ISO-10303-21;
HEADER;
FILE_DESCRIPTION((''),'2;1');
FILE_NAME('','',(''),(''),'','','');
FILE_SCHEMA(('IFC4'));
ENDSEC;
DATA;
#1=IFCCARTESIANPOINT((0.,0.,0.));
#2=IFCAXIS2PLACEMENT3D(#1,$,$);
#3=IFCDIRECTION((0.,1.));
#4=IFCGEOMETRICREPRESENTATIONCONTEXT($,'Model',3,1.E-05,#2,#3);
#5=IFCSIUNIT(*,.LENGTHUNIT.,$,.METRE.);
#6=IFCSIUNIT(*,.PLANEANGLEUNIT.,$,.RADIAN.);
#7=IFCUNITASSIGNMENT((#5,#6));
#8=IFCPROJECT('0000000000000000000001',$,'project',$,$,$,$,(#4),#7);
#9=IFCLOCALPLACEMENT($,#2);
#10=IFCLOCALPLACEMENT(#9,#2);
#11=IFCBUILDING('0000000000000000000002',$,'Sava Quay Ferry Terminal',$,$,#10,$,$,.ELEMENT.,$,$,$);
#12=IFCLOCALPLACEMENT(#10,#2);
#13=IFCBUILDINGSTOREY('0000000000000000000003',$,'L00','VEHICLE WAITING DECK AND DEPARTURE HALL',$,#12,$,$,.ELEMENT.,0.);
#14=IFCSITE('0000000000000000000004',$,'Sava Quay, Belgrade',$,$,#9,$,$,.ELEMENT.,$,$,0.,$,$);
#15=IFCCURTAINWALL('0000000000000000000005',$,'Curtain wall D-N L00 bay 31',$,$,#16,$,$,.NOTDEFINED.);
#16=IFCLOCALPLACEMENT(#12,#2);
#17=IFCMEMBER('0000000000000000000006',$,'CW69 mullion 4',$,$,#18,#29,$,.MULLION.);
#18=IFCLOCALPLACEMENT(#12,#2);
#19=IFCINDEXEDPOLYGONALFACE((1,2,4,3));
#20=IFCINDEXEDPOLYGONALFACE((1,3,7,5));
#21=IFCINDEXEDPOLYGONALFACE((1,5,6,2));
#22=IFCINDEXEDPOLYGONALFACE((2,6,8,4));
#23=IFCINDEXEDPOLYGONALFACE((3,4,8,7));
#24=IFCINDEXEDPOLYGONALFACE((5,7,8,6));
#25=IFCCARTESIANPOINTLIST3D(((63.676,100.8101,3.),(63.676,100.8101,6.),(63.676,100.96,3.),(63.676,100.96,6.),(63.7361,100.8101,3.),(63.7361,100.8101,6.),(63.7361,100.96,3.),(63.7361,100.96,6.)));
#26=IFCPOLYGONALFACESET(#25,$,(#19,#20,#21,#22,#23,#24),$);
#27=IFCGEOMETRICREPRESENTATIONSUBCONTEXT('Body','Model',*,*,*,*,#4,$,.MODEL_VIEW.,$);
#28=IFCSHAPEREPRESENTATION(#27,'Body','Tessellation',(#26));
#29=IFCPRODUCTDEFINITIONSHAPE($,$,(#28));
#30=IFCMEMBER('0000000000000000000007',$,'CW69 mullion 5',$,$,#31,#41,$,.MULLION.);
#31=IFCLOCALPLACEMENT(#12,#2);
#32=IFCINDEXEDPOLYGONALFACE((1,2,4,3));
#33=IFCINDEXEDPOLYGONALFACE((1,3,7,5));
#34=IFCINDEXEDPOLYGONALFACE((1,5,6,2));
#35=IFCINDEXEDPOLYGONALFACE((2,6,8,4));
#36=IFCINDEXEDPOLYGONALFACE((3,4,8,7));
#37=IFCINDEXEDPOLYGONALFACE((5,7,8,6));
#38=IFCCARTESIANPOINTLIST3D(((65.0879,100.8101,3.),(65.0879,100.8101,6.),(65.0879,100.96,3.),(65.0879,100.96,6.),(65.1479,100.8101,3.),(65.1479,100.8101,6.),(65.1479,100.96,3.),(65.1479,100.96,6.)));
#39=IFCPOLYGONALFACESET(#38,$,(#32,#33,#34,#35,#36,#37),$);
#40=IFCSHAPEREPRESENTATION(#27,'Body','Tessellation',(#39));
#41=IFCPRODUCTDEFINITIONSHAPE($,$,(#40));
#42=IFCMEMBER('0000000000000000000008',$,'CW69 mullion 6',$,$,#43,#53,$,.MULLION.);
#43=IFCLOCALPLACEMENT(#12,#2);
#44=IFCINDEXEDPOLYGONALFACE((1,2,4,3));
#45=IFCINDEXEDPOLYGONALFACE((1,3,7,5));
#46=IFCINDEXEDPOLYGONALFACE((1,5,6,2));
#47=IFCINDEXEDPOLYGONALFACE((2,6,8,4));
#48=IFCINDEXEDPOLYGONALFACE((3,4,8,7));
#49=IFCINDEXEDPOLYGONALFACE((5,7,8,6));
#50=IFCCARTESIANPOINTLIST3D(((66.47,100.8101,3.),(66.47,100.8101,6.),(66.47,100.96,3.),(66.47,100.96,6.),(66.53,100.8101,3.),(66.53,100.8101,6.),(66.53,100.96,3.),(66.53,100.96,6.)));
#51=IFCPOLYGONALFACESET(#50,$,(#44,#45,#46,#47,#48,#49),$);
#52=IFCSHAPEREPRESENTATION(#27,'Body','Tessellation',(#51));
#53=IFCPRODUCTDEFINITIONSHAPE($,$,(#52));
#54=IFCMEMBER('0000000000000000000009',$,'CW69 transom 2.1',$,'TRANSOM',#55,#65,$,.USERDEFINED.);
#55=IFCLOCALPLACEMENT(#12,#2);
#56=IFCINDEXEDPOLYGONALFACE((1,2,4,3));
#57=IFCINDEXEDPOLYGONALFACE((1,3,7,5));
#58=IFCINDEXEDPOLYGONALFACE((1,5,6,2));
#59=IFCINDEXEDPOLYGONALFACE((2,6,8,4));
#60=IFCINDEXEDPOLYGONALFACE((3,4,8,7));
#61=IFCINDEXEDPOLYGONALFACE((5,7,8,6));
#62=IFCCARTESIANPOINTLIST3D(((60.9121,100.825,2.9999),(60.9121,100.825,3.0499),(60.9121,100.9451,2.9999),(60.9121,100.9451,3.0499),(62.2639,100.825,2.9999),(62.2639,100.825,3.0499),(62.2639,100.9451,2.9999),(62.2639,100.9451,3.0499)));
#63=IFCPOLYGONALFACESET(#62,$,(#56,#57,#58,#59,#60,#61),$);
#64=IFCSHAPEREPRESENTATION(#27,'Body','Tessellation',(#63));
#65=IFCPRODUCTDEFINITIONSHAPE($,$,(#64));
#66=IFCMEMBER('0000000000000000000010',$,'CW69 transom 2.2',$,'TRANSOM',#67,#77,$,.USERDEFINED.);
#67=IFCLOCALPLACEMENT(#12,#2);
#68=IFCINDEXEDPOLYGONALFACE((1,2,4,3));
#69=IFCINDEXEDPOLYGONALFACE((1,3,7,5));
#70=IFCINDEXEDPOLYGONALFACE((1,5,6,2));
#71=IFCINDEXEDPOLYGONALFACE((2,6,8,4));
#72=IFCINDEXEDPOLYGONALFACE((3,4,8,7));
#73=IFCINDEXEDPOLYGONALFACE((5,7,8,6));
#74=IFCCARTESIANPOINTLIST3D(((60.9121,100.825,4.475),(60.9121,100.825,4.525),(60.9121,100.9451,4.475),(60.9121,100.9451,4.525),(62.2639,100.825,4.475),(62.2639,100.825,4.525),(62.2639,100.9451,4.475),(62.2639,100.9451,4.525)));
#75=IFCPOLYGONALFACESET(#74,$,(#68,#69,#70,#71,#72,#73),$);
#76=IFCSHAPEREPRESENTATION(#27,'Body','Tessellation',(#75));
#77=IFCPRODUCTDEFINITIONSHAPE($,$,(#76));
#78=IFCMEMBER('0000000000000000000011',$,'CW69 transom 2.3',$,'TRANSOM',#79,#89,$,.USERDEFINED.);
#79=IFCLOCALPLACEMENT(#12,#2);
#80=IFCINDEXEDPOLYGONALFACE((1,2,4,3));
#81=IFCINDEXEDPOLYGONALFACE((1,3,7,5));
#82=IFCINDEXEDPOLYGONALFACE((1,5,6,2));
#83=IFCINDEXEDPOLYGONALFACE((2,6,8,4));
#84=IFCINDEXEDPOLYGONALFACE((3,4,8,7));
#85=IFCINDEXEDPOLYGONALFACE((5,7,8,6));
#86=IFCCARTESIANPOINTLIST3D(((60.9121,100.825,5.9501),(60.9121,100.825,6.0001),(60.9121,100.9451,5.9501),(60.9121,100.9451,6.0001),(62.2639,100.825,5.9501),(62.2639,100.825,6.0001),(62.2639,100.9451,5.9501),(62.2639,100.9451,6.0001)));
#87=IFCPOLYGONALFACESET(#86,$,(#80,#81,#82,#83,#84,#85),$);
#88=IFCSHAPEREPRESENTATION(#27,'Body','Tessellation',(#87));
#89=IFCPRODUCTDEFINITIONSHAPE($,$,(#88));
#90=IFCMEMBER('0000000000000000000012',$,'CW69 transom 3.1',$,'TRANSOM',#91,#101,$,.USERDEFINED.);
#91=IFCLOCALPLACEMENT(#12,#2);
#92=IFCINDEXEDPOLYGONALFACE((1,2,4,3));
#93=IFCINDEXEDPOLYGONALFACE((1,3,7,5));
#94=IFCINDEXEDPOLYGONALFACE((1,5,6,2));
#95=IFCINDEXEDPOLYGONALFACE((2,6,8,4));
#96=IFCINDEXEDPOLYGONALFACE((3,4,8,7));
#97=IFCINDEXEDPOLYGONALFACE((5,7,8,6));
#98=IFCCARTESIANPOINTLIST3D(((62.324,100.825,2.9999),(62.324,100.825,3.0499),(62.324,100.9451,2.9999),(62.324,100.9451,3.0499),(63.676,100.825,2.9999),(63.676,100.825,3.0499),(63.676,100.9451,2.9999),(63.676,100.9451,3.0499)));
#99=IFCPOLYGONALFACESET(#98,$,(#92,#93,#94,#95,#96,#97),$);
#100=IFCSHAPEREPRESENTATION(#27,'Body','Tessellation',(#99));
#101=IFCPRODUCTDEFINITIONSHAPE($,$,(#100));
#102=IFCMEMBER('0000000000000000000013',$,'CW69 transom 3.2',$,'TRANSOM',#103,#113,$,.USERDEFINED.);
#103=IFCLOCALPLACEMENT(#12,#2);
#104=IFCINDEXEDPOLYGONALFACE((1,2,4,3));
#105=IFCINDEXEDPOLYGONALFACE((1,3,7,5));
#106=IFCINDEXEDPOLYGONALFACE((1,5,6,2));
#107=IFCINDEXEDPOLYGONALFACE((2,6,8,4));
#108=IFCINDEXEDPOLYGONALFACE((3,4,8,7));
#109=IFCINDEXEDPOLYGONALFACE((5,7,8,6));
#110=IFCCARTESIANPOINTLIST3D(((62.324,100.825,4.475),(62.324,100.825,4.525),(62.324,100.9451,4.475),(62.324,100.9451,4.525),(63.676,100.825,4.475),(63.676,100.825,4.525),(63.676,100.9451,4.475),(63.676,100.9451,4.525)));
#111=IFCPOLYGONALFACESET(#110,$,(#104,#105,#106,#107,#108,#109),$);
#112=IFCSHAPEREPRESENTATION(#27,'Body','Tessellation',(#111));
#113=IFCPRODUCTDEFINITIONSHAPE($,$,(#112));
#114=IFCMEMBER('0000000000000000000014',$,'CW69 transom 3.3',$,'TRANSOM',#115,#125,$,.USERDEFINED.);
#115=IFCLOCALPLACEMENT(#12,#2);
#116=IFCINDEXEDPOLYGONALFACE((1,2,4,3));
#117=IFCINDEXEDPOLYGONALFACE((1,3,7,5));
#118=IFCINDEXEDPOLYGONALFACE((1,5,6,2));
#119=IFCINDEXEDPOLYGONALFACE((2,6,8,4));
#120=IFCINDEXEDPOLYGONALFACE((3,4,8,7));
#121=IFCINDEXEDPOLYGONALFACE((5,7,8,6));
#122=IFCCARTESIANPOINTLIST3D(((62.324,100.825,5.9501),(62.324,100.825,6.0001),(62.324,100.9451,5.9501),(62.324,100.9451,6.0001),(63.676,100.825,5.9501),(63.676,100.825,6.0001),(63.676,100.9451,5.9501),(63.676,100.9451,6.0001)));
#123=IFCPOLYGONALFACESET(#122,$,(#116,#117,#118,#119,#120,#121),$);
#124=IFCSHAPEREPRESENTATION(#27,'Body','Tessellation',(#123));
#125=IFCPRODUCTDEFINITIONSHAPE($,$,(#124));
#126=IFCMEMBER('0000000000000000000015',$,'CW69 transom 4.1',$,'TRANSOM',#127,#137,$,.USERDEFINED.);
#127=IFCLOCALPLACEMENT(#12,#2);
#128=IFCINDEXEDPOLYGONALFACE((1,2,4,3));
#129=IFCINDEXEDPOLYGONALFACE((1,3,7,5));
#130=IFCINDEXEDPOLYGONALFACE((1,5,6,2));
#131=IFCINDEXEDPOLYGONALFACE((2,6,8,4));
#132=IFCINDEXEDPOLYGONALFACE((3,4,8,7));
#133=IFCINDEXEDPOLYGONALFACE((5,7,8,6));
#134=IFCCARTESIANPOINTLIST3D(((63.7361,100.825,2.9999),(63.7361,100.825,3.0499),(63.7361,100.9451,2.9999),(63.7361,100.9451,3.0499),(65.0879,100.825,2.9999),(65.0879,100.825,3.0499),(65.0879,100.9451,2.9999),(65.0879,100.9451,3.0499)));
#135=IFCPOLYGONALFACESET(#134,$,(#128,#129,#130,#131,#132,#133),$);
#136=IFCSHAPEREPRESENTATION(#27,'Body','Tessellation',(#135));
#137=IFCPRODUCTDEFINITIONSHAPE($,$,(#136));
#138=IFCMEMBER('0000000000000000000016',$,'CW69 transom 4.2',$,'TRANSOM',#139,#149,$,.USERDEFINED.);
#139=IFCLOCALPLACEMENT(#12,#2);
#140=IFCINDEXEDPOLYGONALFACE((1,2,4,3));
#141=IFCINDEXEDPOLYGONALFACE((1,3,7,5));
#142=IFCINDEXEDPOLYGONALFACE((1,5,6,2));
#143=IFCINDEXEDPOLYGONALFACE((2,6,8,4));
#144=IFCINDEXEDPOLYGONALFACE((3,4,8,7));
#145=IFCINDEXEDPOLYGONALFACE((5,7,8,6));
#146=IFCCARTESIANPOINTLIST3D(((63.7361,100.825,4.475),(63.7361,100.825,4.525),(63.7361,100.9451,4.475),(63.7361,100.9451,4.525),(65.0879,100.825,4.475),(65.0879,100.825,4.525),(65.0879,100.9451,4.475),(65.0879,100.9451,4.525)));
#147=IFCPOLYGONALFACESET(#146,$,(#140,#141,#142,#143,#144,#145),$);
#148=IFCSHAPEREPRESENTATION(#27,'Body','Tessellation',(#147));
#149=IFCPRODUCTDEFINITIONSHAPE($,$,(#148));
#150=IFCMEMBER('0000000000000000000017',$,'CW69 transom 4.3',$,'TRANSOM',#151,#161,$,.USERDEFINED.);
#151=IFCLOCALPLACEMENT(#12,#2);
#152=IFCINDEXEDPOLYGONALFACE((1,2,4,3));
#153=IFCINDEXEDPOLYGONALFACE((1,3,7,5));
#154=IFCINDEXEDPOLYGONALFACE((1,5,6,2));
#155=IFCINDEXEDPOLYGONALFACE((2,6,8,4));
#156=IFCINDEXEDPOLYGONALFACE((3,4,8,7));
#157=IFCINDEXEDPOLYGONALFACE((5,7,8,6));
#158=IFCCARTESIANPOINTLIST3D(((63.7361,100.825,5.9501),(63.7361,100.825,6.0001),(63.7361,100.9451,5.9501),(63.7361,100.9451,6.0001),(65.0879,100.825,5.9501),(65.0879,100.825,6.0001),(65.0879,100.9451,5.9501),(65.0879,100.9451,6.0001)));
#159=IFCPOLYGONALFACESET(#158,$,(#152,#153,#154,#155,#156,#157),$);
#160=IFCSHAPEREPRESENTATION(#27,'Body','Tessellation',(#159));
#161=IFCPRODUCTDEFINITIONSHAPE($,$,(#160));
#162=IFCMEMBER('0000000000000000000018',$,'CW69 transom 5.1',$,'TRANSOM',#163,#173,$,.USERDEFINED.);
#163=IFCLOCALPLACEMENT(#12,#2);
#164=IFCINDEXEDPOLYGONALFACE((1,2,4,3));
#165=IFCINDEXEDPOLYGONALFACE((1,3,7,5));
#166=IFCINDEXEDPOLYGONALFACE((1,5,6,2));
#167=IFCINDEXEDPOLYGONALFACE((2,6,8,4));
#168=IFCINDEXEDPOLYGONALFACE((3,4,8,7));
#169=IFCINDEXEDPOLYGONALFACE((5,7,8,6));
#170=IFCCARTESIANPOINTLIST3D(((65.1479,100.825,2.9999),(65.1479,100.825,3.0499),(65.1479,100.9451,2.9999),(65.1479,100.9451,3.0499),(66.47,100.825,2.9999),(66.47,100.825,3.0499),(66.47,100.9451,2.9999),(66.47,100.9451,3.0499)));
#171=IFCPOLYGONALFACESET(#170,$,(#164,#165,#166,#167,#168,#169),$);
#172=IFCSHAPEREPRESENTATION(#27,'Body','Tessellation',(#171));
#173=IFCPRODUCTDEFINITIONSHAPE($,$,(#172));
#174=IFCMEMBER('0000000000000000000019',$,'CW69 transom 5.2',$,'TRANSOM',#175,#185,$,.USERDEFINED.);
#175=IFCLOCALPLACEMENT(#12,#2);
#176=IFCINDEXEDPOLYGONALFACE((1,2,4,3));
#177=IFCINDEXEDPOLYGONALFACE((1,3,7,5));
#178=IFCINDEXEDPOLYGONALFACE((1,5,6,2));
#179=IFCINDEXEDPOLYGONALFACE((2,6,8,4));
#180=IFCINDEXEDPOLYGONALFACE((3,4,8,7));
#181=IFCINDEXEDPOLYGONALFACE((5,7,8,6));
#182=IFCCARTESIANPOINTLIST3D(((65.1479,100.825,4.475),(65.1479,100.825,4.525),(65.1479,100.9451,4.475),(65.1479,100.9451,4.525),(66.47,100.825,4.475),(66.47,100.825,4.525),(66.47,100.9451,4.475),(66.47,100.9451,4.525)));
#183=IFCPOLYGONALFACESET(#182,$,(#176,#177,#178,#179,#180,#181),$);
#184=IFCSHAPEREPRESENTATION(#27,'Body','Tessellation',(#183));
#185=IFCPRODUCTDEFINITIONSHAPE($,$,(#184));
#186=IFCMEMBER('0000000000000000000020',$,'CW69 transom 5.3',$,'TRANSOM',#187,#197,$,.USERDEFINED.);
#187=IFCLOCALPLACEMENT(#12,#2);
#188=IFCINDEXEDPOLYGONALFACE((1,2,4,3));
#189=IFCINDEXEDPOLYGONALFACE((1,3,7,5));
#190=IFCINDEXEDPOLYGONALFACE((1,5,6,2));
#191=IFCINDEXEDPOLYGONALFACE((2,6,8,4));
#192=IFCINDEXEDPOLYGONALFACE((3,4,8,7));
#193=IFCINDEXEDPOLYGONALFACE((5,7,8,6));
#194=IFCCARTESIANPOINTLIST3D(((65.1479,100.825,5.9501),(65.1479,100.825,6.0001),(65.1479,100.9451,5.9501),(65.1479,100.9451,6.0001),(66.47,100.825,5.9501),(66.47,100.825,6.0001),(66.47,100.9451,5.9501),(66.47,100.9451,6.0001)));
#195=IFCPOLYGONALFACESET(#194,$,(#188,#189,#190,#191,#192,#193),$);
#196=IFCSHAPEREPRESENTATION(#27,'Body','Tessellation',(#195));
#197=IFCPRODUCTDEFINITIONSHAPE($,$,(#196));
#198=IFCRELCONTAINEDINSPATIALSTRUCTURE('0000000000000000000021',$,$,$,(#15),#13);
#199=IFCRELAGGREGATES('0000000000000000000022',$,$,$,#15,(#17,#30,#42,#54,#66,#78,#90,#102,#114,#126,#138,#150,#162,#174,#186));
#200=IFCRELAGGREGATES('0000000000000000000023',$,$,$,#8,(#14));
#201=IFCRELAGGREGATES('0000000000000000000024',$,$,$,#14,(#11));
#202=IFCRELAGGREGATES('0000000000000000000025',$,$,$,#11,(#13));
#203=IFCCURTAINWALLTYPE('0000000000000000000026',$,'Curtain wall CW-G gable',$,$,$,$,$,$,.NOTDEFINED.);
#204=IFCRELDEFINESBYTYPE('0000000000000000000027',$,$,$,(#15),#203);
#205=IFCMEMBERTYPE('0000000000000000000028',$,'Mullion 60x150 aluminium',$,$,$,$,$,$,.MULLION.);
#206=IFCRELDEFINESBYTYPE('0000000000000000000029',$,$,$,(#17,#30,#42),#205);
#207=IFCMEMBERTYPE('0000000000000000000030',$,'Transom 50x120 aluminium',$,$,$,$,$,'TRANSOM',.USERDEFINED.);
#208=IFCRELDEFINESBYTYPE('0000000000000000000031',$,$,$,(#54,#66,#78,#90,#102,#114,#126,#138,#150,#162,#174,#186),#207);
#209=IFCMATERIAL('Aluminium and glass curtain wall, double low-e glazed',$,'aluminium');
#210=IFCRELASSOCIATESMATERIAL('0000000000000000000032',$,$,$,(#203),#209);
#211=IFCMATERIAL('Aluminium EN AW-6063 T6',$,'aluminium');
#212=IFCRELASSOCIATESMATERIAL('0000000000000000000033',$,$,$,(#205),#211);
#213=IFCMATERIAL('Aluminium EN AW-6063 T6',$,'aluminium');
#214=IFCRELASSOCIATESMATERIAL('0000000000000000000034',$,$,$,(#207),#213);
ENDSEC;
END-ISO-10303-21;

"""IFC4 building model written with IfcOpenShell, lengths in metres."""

from ifc_helpers import new_model, si_unit, direction, frame, origin, origin_2d, place, context, subcontext, project, spatial, rectangle, extrude, material, material_profile, profile_set, type_object, element, aggregate, save


model = new_model("IFC4")

# Units and contexts
model_context = context("Model", 3, precision=1e-05, world=origin(), true_north=direction((0.0, 1.0)))
body_context = subcontext(model_context, "Body", "Model", "MODEL_VIEW")
ifc_project = project(units=[si_unit("LENGTHUNIT", "METRE"), si_unit("PLANEANGLEUNIT", "RADIAN")], contexts=[model_context])

# Site, building, storey
site_placement = place(None, origin())
site = spatial("IfcSite", under=ifc_project, at=site_placement, Name="Sava Quay, Belgrade", CompositionType="ELEMENT", RefElevation=0.0)
building_placement = place(site_placement, origin())
building = spatial("IfcBuilding", under=site, at=building_placement, Name="Sava Quay Ferry Terminal", CompositionType="ELEMENT")
storey_placement = place(building_placement, origin())
storey = spatial("IfcBuildingStorey", under=building, at=storey_placement, Name="L00", Description="VEHICLE WAITING DECK AND DEPARTURE HALL", CompositionType="ELEMENT", Elevation=0.0)

# Curtain wall, members
ifc_material_1 = material(Name="Aluminium and glass curtain wall, double low-e glazed", Category="aluminium")
curtain_wall_type = type_object("IfcCurtainWallType", Name="Curtain wall CW-G gable", PredefinedType="NOTDEFINED", material=ifc_material_1)
curtain_wall_placement = place(storey_placement, origin())
curtain_wall = element("IfcCurtainWall", 1, at=curtain_wall_placement, inside=storey, type_object=curtain_wall_type, Name="Curtain wall D-N L00 bay 31", PredefinedType="NOTDEFINED")
ifc_material_2 = material(Name="Aluminium EN AW-6063 T6", Category="aluminium")
ifc_material_profile_1 = material_profile(ifc_material_2, rectangle(XDim=0.1499, YDim=0.0601, at=origin_2d()), Name="Mullion 60x150 aluminium")
ifc_profile_set_1 = profile_set([ifc_material_profile_1], Name="Aluminium EN AW-6063 T6")
member_type_1 = type_object("IfcMemberType", Name="Mullion 60x150 aluminium", PredefinedType="MULLION", material=ifc_profile_set_1)
member_1_placement = place(storey_placement, frame((63.7061, 100.885, 3.0), z_axis=(0.0, 0.0, 1.0), x_axis=(0.0, 1.0, 0.0)))
member_1 = element("IfcMember", 2, at=member_1_placement, type_object=member_type_1, Name="CW69 mullion 4", PredefinedType="MULLION", context=body_context, shape_type="SweptSolid", body=[
    extrude(rectangle(XDim=0.1499, YDim=0.0601, at=origin_2d()), origin(), (0.0, 0.0, 1.0), 3.0),
])
member_2_placement = place(storey_placement, frame((65.1179, 100.885, 3.0), z_axis=(0.0, 0.0, 1.0), x_axis=(0.0, 1.0, 0.0)))
member_2 = element("IfcMember", 3, at=member_2_placement, type_object=member_type_1, Name="CW69 mullion 5", PredefinedType="MULLION", context=body_context, shape_type="SweptSolid", body=[
    extrude(rectangle(XDim=0.1499, YDim=0.0601, at=origin_2d()), origin(), (0.0, 0.0, 1.0), 3.0),
])
member_3_placement = place(storey_placement, frame((66.5, 100.885, 3.0), z_axis=(0.0, 0.0, 1.0), x_axis=(0.0, 1.0, 0.0)))
member_3 = element("IfcMember", 4, at=member_3_placement, type_object=member_type_1, Name="CW69 mullion 6", PredefinedType="MULLION", context=body_context, shape_type="SweptSolid", body=[
    extrude(rectangle(XDim=0.1499, YDim=0.0601, at=origin_2d()), origin(), (0.0, 0.0, 1.0), 3.0),
])
ifc_material_3 = material(Name="Aluminium EN AW-6063 T6", Category="aluminium")
ifc_material_profile_2 = material_profile(ifc_material_3, rectangle(XDim=0.1201, YDim=0.05, at=origin_2d()), Name="Transom 50x120 aluminium")
ifc_profile_set_2 = profile_set([ifc_material_profile_2], Name="Aluminium EN AW-6063 T6")
member_type_2 = type_object("IfcMemberType", Name="Transom 50x120 aluminium", ElementType="TRANSOM", PredefinedType="USERDEFINED", material=ifc_profile_set_2)
member_4_placement = place(storey_placement, frame((60.9121, 100.885, 3.0249), z_axis=(1.0, 0.0, 0.0), x_axis=(0.0, 1.0, 0.0)))
member_4 = element("IfcMember", 5, at=member_4_placement, type_object=member_type_2, Name="CW69 transom 2.1", ObjectType="TRANSOM", PredefinedType="USERDEFINED", context=body_context, shape_type="SweptSolid", body=[
    extrude(rectangle(XDim=0.1201, YDim=0.05, at=origin_2d()), origin(), (0.0, 0.0, 1.0), 1.3518),
])
member_5_placement = place(storey_placement, frame((60.9121, 100.885, 4.5), z_axis=(1.0, 0.0, 0.0), x_axis=(0.0, 1.0, 0.0)))
member_5 = element("IfcMember", 6, at=member_5_placement, type_object=member_type_2, Name="CW69 transom 2.2", ObjectType="TRANSOM", PredefinedType="USERDEFINED", context=body_context, shape_type="SweptSolid", body=[
    extrude(rectangle(XDim=0.1201, YDim=0.05, at=origin_2d()), origin(), (0.0, 0.0, 1.0), 1.3518),
])
member_6_placement = place(storey_placement, frame((60.9121, 100.885, 5.9751), z_axis=(1.0, 0.0, 0.0), x_axis=(0.0, 1.0, 0.0)))
member_6 = element("IfcMember", 7, at=member_6_placement, type_object=member_type_2, Name="CW69 transom 2.3", ObjectType="TRANSOM", PredefinedType="USERDEFINED", context=body_context, shape_type="SweptSolid", body=[
    extrude(rectangle(XDim=0.1201, YDim=0.05, at=origin_2d()), origin(), (0.0, 0.0, 1.0), 1.3518),
])
member_7_placement = place(storey_placement, frame((62.324, 100.885, 3.0249), z_axis=(1.0, 0.0, 0.0), x_axis=(0.0, 1.0, 0.0)))
member_7 = element("IfcMember", 8, at=member_7_placement, type_object=member_type_2, Name="CW69 transom 3.1", ObjectType="TRANSOM", PredefinedType="USERDEFINED", context=body_context, shape_type="SweptSolid", body=[
    extrude(rectangle(XDim=0.1201, YDim=0.05, at=origin_2d()), origin(), (0.0, 0.0, 1.0), 1.3521),
])
member_8_placement = place(storey_placement, frame((62.324, 100.885, 4.5), z_axis=(1.0, 0.0, 0.0), x_axis=(0.0, 1.0, 0.0)))
member_8 = element("IfcMember", 9, at=member_8_placement, type_object=member_type_2, Name="CW69 transom 3.2", ObjectType="TRANSOM", PredefinedType="USERDEFINED", context=body_context, shape_type="SweptSolid", body=[
    extrude(rectangle(XDim=0.1201, YDim=0.05, at=origin_2d()), origin(), (0.0, 0.0, 1.0), 1.3521),
])
member_9_placement = place(storey_placement, frame((62.324, 100.885, 5.9751), z_axis=(1.0, 0.0, 0.0), x_axis=(0.0, 1.0, 0.0)))
member_9 = element("IfcMember", 10, at=member_9_placement, type_object=member_type_2, Name="CW69 transom 3.3", ObjectType="TRANSOM", PredefinedType="USERDEFINED", context=body_context, shape_type="SweptSolid", body=[
    extrude(rectangle(XDim=0.1201, YDim=0.05, at=origin_2d()), origin(), (0.0, 0.0, 1.0), 1.3521),
])
member_10_placement = place(storey_placement, frame((63.7361, 100.885, 3.0249), z_axis=(1.0, 0.0, 0.0), x_axis=(0.0, 1.0, 0.0)))
member_10 = element("IfcMember", 11, at=member_10_placement, type_object=member_type_2, Name="CW69 transom 4.1", ObjectType="TRANSOM", PredefinedType="USERDEFINED", context=body_context, shape_type="SweptSolid", body=[
    extrude(rectangle(XDim=0.1201, YDim=0.05, at=origin_2d()), origin(), (0.0, 0.0, 1.0), 1.3518),
])
member_11_placement = place(storey_placement, frame((63.7361, 100.885, 4.5), z_axis=(1.0, 0.0, 0.0), x_axis=(0.0, 1.0, 0.0)))
member_11 = element("IfcMember", 12, at=member_11_placement, type_object=member_type_2, Name="CW69 transom 4.2", ObjectType="TRANSOM", PredefinedType="USERDEFINED", context=body_context, shape_type="SweptSolid", body=[
    extrude(rectangle(XDim=0.1201, YDim=0.05, at=origin_2d()), origin(), (0.0, 0.0, 1.0), 1.3518),
])
member_12_placement = place(storey_placement, frame((63.7361, 100.885, 5.9751), z_axis=(1.0, 0.0, 0.0), x_axis=(0.0, 1.0, 0.0)))
member_12 = element("IfcMember", 13, at=member_12_placement, type_object=member_type_2, Name="CW69 transom 4.3", ObjectType="TRANSOM", PredefinedType="USERDEFINED", context=body_context, shape_type="SweptSolid", body=[
    extrude(rectangle(XDim=0.1201, YDim=0.05, at=origin_2d()), origin(), (0.0, 0.0, 1.0), 1.3518),
])
member_13_placement = place(storey_placement, frame((65.1479, 100.885, 3.0249), z_axis=(1.0, 0.0, 0.0), x_axis=(0.0, 1.0, 0.0)))
member_13 = element("IfcMember", 14, at=member_13_placement, type_object=member_type_2, Name="CW69 transom 5.1", ObjectType="TRANSOM", PredefinedType="USERDEFINED", context=body_context, shape_type="SweptSolid", body=[
    extrude(rectangle(XDim=0.1201, YDim=0.05, at=origin_2d()), origin(), (0.0, 0.0, 1.0), 1.322),
])
member_14_placement = place(storey_placement, frame((65.1479, 100.885, 4.5), z_axis=(1.0, 0.0, 0.0), x_axis=(0.0, 1.0, 0.0)))
member_14 = element("IfcMember", 15, at=member_14_placement, type_object=member_type_2, Name="CW69 transom 5.2", ObjectType="TRANSOM", PredefinedType="USERDEFINED", context=body_context, shape_type="SweptSolid", body=[
    extrude(rectangle(XDim=0.1201, YDim=0.05, at=origin_2d()), origin(), (0.0, 0.0, 1.0), 1.322),
])
member_15_placement = place(storey_placement, frame((65.1479, 100.885, 5.9751), z_axis=(1.0, 0.0, 0.0), x_axis=(0.0, 1.0, 0.0)))
member_15 = element("IfcMember", 16, at=member_15_placement, type_object=member_type_2, Name="CW69 transom 5.3", ObjectType="TRANSOM", PredefinedType="USERDEFINED", context=body_context, shape_type="SweptSolid", body=[
    extrude(rectangle(XDim=0.1201, YDim=0.05, at=origin_2d()), origin(), (0.0, 0.0, 1.0), 1.322),
])
aggregate(curtain_wall, [member_1, member_2, member_3, member_4, member_5, member_6, member_7, member_8, member_9, member_10, member_11, member_12, member_13, member_14, member_15])

save(model, "model.ifc")
